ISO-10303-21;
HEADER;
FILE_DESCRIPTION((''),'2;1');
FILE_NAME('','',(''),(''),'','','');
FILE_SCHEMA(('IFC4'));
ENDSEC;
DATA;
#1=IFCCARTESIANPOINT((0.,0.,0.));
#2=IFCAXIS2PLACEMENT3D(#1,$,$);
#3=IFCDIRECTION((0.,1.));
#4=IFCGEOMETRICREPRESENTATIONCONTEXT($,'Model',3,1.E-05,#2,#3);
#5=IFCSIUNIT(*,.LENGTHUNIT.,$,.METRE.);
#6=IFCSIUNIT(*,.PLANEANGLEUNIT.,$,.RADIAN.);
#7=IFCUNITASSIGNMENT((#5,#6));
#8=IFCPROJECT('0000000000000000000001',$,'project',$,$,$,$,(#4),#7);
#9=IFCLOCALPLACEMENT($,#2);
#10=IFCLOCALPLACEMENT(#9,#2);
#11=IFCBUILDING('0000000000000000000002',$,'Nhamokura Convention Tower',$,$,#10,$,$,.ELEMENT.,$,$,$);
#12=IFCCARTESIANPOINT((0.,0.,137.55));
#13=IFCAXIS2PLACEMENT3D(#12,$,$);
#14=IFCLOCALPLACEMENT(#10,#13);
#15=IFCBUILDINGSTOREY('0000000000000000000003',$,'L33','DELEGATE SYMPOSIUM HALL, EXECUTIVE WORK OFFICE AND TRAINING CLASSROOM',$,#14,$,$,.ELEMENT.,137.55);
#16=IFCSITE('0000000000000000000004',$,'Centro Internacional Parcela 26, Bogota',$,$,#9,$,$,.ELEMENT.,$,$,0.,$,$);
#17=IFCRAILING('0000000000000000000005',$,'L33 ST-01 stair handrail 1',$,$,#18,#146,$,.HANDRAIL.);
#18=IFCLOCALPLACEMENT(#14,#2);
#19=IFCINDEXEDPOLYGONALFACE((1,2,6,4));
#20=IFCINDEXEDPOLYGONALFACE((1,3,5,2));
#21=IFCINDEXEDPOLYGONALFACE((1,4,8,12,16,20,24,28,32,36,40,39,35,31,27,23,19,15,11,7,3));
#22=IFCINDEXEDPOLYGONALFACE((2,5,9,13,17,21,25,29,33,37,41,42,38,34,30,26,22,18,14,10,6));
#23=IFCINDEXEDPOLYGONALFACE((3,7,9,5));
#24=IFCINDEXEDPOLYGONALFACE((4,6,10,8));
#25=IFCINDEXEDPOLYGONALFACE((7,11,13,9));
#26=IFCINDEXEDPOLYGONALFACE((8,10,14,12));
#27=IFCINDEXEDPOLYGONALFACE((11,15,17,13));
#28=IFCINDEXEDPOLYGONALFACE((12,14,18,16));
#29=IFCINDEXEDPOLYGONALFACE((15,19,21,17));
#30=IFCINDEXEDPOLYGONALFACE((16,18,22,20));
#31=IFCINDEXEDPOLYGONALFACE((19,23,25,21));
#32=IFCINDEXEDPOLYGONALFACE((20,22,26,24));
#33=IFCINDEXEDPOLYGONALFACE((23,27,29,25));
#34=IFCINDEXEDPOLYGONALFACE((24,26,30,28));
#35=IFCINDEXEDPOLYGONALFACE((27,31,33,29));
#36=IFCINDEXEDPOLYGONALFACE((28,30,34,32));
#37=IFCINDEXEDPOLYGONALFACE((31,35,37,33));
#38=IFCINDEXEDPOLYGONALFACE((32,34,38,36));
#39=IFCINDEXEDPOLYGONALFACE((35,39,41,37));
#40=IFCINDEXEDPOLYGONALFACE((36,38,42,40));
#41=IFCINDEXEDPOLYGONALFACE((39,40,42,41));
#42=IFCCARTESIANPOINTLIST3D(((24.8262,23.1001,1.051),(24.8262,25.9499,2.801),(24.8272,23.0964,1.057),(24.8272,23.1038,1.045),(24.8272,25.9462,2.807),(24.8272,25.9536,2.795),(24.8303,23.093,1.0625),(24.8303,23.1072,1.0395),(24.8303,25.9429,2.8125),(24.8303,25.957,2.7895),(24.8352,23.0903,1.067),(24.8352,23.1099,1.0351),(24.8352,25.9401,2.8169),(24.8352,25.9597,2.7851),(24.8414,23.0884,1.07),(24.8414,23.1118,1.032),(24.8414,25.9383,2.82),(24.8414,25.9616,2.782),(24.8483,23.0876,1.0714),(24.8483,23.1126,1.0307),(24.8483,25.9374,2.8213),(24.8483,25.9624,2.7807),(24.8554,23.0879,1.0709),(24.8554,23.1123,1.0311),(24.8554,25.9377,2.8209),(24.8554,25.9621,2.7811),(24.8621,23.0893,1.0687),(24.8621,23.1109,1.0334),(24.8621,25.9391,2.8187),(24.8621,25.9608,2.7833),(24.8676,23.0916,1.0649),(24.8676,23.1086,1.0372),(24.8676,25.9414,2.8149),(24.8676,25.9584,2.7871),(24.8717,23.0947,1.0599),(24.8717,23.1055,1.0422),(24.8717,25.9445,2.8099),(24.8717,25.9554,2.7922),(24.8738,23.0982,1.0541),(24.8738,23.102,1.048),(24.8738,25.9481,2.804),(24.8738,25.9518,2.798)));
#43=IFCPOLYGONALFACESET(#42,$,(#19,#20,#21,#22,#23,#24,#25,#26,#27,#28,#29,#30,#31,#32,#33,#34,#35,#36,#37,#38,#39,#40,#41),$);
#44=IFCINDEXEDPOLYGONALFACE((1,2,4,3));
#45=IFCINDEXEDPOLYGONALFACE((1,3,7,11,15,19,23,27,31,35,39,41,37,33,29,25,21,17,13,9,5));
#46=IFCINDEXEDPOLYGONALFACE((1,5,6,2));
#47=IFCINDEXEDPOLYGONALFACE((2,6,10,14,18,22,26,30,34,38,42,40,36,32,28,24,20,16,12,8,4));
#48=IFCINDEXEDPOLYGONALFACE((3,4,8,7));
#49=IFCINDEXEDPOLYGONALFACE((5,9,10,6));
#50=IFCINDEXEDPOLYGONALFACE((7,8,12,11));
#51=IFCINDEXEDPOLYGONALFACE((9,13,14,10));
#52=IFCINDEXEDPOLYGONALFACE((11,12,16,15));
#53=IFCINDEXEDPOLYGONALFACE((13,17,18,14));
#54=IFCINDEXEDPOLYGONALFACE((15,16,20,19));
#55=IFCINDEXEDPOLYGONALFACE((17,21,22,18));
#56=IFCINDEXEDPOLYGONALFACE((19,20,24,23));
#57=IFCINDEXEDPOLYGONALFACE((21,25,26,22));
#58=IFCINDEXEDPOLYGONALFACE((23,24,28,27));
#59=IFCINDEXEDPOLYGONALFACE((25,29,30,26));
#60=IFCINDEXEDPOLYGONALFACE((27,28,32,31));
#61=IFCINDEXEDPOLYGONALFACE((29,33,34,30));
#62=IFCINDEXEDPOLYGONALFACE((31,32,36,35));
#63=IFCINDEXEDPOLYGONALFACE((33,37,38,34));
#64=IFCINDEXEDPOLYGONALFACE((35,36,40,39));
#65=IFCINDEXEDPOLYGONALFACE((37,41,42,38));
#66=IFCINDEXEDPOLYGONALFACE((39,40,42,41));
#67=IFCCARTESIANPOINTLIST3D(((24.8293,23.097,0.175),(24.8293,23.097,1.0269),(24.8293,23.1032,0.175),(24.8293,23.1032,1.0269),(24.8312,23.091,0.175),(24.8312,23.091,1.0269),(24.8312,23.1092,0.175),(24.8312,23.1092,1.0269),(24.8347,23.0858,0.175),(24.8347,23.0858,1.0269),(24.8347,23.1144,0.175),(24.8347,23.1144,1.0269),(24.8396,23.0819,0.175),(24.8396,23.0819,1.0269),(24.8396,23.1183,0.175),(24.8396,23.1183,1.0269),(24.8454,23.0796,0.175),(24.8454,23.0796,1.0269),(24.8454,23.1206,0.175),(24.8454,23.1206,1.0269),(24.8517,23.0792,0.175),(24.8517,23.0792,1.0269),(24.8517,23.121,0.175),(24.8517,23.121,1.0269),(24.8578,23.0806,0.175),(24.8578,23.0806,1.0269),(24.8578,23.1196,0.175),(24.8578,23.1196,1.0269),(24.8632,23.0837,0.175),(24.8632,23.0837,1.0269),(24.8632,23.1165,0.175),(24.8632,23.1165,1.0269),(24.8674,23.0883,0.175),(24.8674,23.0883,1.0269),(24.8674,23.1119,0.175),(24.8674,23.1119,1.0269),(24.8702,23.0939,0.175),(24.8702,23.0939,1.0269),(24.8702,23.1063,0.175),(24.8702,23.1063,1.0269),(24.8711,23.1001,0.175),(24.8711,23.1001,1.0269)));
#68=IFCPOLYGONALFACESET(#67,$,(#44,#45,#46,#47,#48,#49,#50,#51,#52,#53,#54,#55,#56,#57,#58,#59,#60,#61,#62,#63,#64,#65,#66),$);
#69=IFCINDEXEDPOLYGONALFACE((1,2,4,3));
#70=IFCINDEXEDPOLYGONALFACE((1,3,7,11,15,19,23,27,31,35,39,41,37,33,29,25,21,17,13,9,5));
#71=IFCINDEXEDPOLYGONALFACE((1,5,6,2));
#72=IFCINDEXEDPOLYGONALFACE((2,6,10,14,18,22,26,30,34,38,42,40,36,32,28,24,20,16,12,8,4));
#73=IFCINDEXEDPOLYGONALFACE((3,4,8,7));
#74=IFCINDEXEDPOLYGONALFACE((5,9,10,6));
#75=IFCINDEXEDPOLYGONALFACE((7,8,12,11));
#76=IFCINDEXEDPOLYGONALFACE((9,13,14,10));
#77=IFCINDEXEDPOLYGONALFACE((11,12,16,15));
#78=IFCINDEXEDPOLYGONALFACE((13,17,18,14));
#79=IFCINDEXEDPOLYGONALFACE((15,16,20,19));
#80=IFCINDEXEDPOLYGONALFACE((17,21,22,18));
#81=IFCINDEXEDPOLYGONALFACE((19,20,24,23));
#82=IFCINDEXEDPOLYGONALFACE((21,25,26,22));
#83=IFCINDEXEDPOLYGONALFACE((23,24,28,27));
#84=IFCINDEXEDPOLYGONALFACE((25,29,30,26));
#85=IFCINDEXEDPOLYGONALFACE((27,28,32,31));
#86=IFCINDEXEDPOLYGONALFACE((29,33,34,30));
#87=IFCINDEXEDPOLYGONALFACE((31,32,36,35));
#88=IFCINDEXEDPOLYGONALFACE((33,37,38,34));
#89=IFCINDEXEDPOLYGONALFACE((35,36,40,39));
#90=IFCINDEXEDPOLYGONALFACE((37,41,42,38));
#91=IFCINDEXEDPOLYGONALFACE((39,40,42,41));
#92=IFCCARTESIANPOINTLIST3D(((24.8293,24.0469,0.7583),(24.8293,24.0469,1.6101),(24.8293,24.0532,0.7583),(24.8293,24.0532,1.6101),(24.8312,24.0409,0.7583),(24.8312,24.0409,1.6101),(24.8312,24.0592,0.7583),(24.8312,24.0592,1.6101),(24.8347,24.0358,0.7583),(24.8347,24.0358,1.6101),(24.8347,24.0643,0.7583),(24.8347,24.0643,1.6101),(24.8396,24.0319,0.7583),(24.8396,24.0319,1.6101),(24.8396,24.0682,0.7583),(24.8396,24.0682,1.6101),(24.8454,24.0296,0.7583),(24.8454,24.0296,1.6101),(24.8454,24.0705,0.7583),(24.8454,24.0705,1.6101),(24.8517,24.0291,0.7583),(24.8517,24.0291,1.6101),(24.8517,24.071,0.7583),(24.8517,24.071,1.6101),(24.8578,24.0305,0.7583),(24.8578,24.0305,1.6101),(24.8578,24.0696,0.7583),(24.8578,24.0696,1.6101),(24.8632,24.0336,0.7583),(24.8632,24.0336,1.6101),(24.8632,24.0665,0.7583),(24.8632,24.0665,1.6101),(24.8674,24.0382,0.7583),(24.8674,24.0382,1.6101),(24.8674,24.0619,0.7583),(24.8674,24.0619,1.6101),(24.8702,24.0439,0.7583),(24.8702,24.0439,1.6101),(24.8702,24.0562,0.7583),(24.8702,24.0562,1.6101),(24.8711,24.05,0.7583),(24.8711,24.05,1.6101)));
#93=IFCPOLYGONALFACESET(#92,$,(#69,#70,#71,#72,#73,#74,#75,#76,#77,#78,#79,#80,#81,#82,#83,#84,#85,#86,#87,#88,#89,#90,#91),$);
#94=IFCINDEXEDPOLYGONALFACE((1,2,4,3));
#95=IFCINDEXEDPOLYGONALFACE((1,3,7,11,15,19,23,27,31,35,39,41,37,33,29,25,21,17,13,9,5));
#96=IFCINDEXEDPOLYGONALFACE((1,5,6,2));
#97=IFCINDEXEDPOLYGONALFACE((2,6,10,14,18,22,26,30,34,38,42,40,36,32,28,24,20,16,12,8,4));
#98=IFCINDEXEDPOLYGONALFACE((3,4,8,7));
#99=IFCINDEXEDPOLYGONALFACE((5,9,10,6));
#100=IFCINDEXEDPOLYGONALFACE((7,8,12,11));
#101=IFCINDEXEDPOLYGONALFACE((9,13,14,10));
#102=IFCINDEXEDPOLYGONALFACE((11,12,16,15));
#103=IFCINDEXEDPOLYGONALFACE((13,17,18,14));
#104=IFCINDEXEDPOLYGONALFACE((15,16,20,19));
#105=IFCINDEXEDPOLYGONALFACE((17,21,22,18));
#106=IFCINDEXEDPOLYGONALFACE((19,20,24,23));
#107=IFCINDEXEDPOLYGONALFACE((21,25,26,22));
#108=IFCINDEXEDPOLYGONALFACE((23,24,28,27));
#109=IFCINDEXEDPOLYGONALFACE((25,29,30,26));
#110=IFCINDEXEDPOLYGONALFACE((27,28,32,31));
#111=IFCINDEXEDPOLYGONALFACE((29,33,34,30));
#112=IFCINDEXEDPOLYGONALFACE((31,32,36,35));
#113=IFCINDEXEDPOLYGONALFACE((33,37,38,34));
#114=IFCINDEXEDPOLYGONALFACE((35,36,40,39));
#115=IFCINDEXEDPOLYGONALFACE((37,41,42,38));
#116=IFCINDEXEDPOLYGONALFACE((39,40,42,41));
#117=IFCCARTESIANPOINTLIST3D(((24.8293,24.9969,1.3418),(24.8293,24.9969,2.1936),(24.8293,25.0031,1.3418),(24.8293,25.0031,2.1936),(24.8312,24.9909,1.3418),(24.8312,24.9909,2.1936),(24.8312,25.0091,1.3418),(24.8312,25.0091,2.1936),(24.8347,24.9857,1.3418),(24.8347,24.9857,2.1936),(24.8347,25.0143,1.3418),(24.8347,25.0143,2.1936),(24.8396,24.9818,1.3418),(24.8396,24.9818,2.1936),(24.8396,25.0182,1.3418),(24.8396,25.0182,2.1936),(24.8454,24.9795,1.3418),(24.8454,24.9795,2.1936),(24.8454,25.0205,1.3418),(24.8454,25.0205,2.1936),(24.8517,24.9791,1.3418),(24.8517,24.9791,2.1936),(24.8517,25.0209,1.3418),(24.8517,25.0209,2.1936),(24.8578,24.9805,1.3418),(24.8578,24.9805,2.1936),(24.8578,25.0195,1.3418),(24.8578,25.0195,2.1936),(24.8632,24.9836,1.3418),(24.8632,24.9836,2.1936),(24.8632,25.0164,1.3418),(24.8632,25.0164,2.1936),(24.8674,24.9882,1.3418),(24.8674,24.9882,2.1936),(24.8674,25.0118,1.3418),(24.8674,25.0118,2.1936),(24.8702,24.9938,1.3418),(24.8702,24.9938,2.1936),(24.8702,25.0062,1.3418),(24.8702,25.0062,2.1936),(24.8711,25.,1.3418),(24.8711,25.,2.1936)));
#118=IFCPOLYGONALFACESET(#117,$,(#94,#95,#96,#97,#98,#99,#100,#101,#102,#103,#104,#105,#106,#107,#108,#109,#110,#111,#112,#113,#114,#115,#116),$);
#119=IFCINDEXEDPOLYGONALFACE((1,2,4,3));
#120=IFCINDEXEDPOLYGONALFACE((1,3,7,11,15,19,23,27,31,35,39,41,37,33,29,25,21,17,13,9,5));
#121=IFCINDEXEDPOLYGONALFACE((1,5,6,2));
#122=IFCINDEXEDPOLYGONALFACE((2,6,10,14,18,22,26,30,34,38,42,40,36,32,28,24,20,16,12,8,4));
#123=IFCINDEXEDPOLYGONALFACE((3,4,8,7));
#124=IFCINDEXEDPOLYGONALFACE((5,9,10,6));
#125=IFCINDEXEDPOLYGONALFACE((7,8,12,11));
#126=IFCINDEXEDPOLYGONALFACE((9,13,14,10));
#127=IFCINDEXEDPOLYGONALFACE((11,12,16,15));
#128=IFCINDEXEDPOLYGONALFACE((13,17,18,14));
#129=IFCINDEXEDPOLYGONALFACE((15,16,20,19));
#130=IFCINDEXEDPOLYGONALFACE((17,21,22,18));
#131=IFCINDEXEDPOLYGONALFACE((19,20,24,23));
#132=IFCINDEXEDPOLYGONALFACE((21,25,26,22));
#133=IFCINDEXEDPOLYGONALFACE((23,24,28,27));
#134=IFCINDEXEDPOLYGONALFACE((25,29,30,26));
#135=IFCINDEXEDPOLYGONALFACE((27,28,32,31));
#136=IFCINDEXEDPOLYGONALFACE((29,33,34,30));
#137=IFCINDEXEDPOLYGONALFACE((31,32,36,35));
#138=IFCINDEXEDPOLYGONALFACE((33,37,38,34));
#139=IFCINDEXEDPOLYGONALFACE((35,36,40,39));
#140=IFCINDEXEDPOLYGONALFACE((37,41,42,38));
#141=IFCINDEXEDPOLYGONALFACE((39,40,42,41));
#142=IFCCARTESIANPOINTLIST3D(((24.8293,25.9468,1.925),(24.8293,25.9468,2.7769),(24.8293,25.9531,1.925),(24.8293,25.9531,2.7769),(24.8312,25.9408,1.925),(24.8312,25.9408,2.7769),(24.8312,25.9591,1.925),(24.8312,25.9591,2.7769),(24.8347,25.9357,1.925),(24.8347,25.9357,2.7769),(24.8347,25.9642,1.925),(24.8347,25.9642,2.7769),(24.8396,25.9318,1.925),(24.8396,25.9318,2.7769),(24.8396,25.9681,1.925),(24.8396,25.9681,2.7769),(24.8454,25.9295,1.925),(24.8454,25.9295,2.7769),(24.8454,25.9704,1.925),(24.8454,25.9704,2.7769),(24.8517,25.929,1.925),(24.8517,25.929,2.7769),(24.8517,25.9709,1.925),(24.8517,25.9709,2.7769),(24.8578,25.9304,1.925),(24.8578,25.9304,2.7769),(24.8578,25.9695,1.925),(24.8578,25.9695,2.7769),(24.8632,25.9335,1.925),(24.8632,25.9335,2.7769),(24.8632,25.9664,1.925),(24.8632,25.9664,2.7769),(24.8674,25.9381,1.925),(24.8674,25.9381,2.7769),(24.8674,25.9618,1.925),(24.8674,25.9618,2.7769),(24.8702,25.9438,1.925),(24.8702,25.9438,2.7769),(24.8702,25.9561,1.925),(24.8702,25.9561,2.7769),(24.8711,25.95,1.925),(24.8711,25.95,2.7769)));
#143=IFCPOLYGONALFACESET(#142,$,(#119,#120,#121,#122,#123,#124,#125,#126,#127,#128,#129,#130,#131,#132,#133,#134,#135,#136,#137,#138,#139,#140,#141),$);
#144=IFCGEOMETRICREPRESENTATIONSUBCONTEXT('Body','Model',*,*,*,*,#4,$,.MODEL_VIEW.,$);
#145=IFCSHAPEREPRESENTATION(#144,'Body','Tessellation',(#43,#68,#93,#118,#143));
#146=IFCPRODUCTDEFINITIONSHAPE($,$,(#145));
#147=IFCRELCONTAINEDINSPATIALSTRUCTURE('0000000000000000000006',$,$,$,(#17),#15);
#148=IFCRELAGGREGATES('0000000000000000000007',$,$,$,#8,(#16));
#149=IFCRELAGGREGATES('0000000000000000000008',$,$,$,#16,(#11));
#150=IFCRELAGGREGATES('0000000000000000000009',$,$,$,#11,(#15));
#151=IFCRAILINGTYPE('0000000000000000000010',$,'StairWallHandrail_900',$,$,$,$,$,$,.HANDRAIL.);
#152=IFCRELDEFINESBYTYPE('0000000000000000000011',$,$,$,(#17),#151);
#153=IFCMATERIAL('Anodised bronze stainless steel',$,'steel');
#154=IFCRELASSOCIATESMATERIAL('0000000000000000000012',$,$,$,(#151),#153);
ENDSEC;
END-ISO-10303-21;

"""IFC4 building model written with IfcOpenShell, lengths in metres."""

from ifc_helpers import new_model, si_unit, direction, frame, origin, origin_2d, place, context, subcontext, project, spatial, circle, extrude, material, type_object, element, save


model = new_model("IFC4")

# Units and contexts
model_context = context("Model", 3, precision=1e-05, world=origin(), true_north=direction((0.0, 1.0)))
body_context = subcontext(model_context, "Body", "Model", "MODEL_VIEW")
ifc_project = project(units=[si_unit("LENGTHUNIT", "METRE"), si_unit("PLANEANGLEUNIT", "RADIAN")], contexts=[model_context])

# Site, building, storey
site_placement = place(None, origin())
site = spatial("IfcSite", under=ifc_project, at=site_placement, Name="Centro Internacional Parcela 26, Bogota", CompositionType="ELEMENT", RefElevation=0.0)
building_placement = place(site_placement, origin())
building = spatial("IfcBuilding", under=site, at=building_placement, Name="Nhamokura Convention Tower", CompositionType="ELEMENT")
storey_placement = place(building_placement, frame((0.0, 0.0, 137.55)))
storey = spatial("IfcBuildingStorey", under=building, at=storey_placement, Name="L33", Description="DELEGATE SYMPOSIUM HALL, EXECUTIVE WORK OFFICE AND TRAINING CLASSROOM", CompositionType="ELEMENT", Elevation=137.55)

# Railing
ifc_material_1 = material(Name="Anodised bronze stainless steel", Category="steel")
railing_type_1 = type_object("IfcRailingType", Name="StairWallHandrail_900", PredefinedType="HANDRAIL", material=ifc_material_1)
railing_1_placement = place(storey_placement, frame((24.8501, 23.1001, 0.175)))
element("IfcRailing", 1, at=railing_1_placement, inside=storey, type_object=railing_type_1, Name="L33 ST-01 stair handrail 1", PredefinedType="HANDRAIL", context=body_context, shape_type="SweptSolid", body=[
    extrude(circle(Radius=0.0239, at=origin_2d()), frame((0.0, 0.0, 0.876), z_axis=(0.0, 0.852159, 0.523283), x_axis=(-1.0, 0.0, 0.0)), (0.0, 0.0, 1.0), 3.3442),
    extrude(circle(Radius=0.021, at=origin_2d()), origin(), (0.0, 0.0, 1.0), 0.8518),
    extrude(circle(Radius=0.021, at=origin_2d()), frame((0.0, 0.95, 0.5833)), (0.0, 0.0, 1.0), 0.8518),
    extrude(circle(Radius=0.021, at=origin_2d()), frame((0.0, 1.8999, 1.1667)), (0.0, 0.0, 1.0), 0.8518),
    extrude(circle(Radius=0.021, at=origin_2d()), frame((0.0, 2.8499, 1.75)), (0.0, 0.0, 1.0), 0.8518),
])

save(model, "model.ifc")
